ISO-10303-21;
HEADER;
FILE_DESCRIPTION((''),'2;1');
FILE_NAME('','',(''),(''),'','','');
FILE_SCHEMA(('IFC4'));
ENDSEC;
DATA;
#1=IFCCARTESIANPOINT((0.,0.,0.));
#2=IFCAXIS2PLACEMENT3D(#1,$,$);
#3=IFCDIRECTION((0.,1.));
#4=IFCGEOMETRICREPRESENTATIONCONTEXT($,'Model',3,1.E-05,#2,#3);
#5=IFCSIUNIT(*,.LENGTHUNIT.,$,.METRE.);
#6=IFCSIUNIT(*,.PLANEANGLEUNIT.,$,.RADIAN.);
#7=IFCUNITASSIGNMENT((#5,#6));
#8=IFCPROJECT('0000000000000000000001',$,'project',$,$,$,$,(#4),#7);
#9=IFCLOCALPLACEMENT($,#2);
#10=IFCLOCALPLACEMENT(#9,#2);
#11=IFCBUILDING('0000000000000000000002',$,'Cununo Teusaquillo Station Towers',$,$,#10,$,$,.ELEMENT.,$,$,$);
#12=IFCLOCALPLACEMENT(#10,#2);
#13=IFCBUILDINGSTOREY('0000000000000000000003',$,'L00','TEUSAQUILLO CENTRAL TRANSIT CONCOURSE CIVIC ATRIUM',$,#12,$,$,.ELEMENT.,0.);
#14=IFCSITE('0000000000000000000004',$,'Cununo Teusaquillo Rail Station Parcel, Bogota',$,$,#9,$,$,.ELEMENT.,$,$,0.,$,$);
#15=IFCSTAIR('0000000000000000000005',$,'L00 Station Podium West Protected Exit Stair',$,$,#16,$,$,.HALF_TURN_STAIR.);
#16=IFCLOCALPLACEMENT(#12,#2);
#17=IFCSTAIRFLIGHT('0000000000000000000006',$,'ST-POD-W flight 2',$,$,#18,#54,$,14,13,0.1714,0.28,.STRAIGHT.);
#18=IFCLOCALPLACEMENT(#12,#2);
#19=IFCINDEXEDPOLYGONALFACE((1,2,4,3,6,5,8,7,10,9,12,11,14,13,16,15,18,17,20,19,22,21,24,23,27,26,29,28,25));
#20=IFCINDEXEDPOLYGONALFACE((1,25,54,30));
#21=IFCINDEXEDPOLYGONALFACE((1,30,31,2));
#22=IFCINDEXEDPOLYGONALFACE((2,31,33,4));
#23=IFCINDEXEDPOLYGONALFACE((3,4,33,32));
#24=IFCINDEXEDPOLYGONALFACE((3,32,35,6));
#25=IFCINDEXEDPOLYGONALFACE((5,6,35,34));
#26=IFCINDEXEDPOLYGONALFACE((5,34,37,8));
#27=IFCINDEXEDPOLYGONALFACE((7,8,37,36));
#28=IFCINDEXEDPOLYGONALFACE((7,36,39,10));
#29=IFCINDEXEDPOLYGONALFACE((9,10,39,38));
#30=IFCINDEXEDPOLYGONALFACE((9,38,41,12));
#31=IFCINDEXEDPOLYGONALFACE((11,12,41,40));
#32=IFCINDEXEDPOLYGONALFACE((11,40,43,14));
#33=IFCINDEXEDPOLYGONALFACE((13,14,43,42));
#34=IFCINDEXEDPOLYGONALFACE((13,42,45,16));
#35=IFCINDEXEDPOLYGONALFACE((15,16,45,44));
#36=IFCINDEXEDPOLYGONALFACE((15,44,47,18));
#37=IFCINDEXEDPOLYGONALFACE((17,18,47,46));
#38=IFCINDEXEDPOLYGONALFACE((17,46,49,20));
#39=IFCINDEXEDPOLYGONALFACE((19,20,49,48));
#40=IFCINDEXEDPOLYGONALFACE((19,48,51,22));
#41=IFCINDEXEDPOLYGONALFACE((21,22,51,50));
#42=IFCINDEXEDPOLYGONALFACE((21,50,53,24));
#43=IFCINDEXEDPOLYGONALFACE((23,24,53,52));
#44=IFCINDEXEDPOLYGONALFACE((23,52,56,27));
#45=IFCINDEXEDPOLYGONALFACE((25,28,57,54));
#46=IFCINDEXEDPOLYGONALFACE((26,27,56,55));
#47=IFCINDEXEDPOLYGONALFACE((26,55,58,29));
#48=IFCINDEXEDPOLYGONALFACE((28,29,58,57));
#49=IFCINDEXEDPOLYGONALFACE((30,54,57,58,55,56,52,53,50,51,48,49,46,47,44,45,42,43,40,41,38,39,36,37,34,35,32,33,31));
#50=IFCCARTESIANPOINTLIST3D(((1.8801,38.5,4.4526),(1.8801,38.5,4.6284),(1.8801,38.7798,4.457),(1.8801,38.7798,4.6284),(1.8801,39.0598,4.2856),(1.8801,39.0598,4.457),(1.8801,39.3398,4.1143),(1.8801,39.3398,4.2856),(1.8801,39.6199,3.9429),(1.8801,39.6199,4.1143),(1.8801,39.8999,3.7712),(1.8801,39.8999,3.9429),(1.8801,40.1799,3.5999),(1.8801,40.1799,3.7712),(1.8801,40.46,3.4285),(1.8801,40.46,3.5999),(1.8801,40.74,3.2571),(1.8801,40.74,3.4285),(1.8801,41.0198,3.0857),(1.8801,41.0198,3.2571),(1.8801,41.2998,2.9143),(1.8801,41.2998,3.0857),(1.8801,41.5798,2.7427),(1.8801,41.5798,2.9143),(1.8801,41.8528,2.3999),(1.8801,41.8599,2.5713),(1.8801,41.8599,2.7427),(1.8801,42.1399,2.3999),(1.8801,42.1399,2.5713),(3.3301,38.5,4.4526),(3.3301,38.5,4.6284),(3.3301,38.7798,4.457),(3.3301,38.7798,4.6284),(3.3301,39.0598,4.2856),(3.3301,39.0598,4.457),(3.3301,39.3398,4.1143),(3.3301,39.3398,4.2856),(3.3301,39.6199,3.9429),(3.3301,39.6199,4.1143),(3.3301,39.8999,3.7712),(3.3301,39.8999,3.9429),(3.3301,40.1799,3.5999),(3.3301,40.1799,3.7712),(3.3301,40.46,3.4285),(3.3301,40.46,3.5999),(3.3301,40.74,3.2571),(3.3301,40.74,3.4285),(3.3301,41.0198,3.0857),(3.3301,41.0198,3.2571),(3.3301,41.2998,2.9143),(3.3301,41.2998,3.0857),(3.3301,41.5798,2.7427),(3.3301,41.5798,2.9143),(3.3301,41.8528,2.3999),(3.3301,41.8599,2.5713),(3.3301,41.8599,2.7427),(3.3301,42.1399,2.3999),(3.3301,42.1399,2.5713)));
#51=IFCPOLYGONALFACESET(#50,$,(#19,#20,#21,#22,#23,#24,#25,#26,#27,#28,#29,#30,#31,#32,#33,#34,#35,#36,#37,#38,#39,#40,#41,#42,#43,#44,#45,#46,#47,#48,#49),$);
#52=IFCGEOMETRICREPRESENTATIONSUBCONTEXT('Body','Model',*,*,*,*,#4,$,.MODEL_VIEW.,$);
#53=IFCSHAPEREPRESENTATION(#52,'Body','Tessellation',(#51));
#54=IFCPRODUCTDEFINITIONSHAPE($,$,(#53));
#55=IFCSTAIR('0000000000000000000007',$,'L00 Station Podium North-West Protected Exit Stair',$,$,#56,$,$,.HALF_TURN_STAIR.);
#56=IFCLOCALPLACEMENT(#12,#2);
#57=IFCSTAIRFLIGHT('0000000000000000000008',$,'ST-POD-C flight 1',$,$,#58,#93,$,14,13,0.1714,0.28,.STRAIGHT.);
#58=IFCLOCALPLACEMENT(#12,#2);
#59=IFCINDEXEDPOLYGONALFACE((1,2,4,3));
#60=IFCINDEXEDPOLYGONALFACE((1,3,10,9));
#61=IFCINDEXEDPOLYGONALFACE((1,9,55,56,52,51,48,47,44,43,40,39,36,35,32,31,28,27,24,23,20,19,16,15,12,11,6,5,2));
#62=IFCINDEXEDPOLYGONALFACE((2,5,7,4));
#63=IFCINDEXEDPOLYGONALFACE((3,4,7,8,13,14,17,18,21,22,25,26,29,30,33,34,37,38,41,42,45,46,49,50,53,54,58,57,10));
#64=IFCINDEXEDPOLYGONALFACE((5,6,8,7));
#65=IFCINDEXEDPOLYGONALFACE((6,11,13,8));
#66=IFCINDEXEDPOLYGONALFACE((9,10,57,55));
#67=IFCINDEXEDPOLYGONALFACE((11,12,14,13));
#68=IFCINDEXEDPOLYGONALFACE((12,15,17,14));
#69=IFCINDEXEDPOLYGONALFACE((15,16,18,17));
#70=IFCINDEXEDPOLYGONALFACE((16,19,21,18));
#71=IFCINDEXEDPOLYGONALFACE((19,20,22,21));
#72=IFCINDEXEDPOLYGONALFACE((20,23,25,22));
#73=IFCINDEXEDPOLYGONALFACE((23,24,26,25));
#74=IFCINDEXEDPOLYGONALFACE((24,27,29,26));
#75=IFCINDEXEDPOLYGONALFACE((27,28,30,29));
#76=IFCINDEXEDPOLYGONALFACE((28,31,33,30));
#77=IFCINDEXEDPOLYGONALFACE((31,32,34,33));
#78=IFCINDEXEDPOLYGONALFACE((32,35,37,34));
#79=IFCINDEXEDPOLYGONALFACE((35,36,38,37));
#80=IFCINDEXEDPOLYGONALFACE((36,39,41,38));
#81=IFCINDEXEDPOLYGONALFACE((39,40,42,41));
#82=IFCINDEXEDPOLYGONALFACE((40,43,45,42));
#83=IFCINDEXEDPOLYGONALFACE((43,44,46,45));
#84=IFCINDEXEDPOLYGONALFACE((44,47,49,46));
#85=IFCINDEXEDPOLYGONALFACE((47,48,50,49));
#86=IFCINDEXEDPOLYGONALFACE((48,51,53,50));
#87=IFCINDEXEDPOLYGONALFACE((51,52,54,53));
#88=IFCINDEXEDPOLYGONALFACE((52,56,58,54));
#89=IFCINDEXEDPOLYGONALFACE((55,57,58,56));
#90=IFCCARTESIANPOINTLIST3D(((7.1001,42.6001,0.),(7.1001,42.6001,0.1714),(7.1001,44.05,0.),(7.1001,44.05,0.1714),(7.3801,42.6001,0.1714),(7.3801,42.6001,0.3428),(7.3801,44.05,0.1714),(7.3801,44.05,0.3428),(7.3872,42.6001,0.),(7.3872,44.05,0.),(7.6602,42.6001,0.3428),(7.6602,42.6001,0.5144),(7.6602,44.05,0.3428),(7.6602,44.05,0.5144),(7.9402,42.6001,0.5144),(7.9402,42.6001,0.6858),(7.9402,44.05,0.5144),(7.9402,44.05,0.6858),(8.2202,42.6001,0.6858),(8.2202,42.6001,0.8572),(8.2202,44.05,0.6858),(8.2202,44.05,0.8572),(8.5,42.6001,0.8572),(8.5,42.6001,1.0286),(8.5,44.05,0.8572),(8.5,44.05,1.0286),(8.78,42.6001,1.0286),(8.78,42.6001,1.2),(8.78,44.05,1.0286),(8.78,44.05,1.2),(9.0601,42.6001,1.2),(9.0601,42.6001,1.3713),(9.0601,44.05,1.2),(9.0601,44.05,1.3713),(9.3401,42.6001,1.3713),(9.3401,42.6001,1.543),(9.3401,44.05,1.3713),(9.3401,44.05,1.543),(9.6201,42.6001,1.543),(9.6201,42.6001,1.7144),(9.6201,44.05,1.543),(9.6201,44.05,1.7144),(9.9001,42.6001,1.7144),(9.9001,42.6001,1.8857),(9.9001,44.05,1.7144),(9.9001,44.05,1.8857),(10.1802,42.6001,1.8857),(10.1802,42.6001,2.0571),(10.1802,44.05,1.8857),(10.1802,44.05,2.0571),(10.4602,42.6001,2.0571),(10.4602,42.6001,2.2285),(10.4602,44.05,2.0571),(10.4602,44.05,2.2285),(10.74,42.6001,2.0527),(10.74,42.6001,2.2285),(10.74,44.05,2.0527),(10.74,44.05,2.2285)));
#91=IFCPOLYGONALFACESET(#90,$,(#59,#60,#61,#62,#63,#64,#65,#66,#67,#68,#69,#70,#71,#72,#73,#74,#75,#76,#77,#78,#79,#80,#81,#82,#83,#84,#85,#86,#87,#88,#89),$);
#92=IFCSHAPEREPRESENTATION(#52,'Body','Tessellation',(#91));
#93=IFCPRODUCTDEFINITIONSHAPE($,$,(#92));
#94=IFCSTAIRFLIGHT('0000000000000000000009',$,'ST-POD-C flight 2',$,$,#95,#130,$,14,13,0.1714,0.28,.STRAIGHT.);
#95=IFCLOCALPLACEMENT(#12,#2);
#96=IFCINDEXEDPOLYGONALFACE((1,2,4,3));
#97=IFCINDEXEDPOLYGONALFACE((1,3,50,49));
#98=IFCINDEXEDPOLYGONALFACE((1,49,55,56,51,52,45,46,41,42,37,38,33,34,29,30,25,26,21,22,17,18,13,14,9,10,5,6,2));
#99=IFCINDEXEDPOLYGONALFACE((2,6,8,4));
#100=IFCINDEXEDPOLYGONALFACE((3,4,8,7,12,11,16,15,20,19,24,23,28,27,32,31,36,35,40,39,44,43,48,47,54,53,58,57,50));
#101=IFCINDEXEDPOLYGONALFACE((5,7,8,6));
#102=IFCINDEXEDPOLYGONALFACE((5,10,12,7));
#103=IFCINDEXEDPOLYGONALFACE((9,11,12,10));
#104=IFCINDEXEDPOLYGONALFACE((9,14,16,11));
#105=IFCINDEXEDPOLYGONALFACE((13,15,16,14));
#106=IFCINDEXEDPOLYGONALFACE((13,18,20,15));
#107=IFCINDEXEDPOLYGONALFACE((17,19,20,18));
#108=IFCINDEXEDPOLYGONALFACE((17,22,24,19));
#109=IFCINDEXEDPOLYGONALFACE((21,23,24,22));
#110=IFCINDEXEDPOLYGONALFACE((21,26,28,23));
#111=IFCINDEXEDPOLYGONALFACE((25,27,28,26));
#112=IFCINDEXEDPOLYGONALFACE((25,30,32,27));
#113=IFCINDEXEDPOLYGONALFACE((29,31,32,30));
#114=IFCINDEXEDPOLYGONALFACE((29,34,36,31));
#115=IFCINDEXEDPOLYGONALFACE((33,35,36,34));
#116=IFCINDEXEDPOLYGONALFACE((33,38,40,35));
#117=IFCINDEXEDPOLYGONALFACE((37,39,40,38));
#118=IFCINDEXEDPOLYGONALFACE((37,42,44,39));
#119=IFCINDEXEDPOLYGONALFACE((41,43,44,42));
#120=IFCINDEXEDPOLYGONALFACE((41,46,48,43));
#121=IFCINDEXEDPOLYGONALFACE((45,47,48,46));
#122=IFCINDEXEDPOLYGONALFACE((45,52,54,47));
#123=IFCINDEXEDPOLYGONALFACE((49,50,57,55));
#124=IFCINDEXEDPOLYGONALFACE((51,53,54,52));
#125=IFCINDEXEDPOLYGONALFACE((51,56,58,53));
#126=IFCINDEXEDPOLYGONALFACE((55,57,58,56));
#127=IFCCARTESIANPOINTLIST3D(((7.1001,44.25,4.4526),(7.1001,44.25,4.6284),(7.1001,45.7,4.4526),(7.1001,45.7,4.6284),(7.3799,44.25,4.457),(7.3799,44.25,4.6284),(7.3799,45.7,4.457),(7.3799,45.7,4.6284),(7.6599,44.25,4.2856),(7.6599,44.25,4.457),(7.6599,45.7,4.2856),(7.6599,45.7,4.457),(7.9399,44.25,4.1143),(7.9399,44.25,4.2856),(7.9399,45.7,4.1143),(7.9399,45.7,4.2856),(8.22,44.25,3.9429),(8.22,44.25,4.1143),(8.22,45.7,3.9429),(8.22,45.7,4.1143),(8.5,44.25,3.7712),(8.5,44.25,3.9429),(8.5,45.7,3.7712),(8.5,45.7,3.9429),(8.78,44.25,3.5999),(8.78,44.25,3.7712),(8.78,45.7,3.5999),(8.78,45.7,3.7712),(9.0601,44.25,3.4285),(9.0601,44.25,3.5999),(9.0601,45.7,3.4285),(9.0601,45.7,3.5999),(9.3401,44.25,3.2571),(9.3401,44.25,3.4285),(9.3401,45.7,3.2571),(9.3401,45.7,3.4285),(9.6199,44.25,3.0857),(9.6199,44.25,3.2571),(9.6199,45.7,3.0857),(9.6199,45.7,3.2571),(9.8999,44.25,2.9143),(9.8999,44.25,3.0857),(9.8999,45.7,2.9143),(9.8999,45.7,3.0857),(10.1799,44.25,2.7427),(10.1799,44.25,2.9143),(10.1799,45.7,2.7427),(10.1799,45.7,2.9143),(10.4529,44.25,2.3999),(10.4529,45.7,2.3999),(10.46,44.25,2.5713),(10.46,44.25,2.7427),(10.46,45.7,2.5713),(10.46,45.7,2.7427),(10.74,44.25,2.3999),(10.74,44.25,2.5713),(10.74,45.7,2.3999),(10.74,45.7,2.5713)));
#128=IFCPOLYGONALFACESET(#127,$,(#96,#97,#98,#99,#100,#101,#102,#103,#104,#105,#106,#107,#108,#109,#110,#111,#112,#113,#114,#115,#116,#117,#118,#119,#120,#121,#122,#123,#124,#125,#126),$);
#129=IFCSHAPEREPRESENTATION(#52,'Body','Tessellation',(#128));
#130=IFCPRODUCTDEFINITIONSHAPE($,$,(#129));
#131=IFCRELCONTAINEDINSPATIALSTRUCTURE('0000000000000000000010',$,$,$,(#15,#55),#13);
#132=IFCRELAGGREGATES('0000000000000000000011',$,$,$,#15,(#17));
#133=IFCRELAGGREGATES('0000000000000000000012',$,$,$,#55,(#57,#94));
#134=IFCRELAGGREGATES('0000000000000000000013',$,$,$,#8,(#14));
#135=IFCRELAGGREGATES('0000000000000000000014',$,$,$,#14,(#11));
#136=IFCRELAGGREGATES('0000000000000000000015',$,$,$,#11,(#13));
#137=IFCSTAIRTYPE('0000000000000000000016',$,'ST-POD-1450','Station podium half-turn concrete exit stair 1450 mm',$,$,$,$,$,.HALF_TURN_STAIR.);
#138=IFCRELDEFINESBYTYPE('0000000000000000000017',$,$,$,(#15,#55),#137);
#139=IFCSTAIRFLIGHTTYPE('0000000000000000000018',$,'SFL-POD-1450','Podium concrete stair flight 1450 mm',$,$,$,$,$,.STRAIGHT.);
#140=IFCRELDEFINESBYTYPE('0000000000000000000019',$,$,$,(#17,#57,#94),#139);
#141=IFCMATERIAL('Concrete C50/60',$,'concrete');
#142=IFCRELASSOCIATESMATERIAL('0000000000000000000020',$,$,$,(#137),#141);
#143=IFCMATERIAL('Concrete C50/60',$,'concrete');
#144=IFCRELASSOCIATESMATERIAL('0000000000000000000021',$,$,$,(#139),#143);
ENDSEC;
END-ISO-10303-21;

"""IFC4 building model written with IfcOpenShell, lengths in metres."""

from ifc_helpers import new_model, si_unit, direction, frame, origin, place, context, subcontext, project, spatial, polyline, outline, extrude, material, type_object, element, aggregate, save


model = new_model("IFC4")

# Units and contexts
model_context = context("Model", 3, precision=1e-05, world=origin(), true_north=direction((0.0, 1.0)))
body_context = subcontext(model_context, "Body", "Model", "MODEL_VIEW")
ifc_project = project(units=[si_unit("LENGTHUNIT", "METRE"), si_unit("PLANEANGLEUNIT", "RADIAN")], contexts=[model_context])

# Site, building, storey
site_placement = place(None, origin())
site = spatial("IfcSite", under=ifc_project, at=site_placement, Name="Cununo Teusaquillo Rail Station Parcel, Bogota", CompositionType="ELEMENT", RefElevation=0.0)
building_placement = place(site_placement, origin())
building = spatial("IfcBuilding", under=site, at=building_placement, Name="Cununo Teusaquillo Station Towers", CompositionType="ELEMENT")
storey_placement = place(building_placement, origin())
storey = spatial("IfcBuildingStorey", under=building, at=storey_placement, Name="L00", Description="TEUSAQUILLO CENTRAL TRANSIT CONCOURSE CIVIC ATRIUM", CompositionType="ELEMENT", Elevation=0.0)

# Stair, stair flight
ifc_material_1 = material(Name="Concrete C50/60", Category="concrete")
stair_type = type_object("IfcStairType", Name="ST-POD-1450", Description="Station podium half-turn concrete exit stair 1450 mm", PredefinedType="HALF_TURN_STAIR", material=ifc_material_1)
stair_1_placement = place(storey_placement, origin())
stair_1 = element("IfcStair", 1, at=stair_1_placement, inside=storey, type_object=stair_type, Name="L00 Station Podium West Protected Exit Stair", PredefinedType="HALF_TURN_STAIR")
ifc_material_2 = material(Name="Concrete C50/60", Category="concrete")
stair_flight_type = type_object("IfcStairFlightType", Name="SFL-POD-1450", Description="Podium concrete stair flight 1450 mm", PredefinedType="STRAIGHT", material=ifc_material_2)
stair_flight_1_placement = place(storey_placement, frame((2.605, 42.1399, 2.3999), z_axis=(0.0, 0.0, 1.0), x_axis=(0.0, -1.0, 0.0)))
stair_flight_1 = element("IfcStairFlight", 2, at=stair_flight_1_placement, type_object=stair_flight_type, Name="ST-POD-W flight 2", NumberOfRisers=14, NumberOfTreads=13, PredefinedType="STRAIGHT", RiserHeight=0.1714, TreadLength=0.28, context=body_context, shape_type="SweptSolid", body=[
    extrude(outline(polyline([(0.0, 0.0), (0.0, 0.1714), (0.28, 0.1714), (0.28, 0.3428), (0.5601, 0.3428), (0.5601, 0.5144), (0.8401, 0.5144), (0.8401, 0.6858), (1.1201, 0.6858), (1.1201, 0.8572), (1.3999, 0.8572), (1.3999, 1.0286), (1.6799, 1.0286), (1.6799, 1.2), (1.96, 1.2), (1.96, 1.3713), (2.24, 1.3713), (2.24, 1.543), (2.52, 1.543), (2.52, 1.7144), (2.8, 1.7144), (2.8, 1.8857), (3.0801, 1.8857), (3.0801, 2.0571), (3.3601, 2.0571), (3.3601, 2.2285), (3.6399, 2.2285), (3.6399, 2.3999), (3.6399, 2.0527), (0.2871, 0.0), (0.0, 0.0)])), frame((0.0, 0.7251, 0.0), z_axis=(0.0, -1.0, 0.0), x_axis=(1.0, 0.0, 0.0)), (0.0, 0.0, 1.0), 1.45),
])
aggregate(stair_1, [stair_flight_1])

# Stair, stair flights
stair_2_placement = place(storey_placement, origin())
stair_2 = element("IfcStair", 3, at=stair_2_placement, inside=storey, type_object=stair_type, Name="L00 Station Podium North-West Protected Exit Stair", PredefinedType="HALF_TURN_STAIR")
stair_flight_2_placement = place(storey_placement, frame((7.1001, 43.325, 0.0), z_axis=(0.0, 0.0, 1.0), x_axis=(1.0, 0.0, 0.0)))
stair_flight_2 = element("IfcStairFlight", 4, at=stair_flight_2_placement, type_object=stair_flight_type, Name="ST-POD-C flight 1", NumberOfRisers=14, NumberOfTreads=13, PredefinedType="STRAIGHT", RiserHeight=0.1714, TreadLength=0.28, context=body_context, shape_type="SweptSolid", body=[
    extrude(outline(polyline([(0.0, 0.0), (0.0, 0.1714), (0.28, 0.1714), (0.28, 0.3428), (0.5601, 0.3428), (0.5601, 0.5144), (0.8401, 0.5144), (0.8401, 0.6858), (1.1201, 0.6858), (1.1201, 0.8572), (1.3999, 0.8572), (1.3999, 1.0286), (1.6799, 1.0286), (1.6799, 1.2), (1.96, 1.2), (1.96, 1.3713), (2.24, 1.3713), (2.24, 1.543), (2.52, 1.543), (2.52, 1.7144), (2.8, 1.7144), (2.8, 1.8857), (3.0801, 1.8857), (3.0801, 2.0571), (3.3601, 2.0571), (3.3601, 2.2285), (3.6399, 2.2285), (3.6399, 2.3999), (3.6399, 2.0527), (0.2871, 0.0), (0.0, 0.0)])), frame((0.0, 0.7251, 0.0), z_axis=(0.0, -1.0, 0.0), x_axis=(1.0, 0.0, 0.0)), (0.0, 0.0, 1.0), 1.45),
])
stair_flight_3_placement = place(storey_placement, frame((10.74, 44.9751, 2.3999), z_axis=(0.0, 0.0, 1.0), x_axis=(-1.0, 0.0, 0.0)))
stair_flight_3 = element("IfcStairFlight", 5, at=stair_flight_3_placement, type_object=stair_flight_type, Name="ST-POD-C flight 2", NumberOfRisers=14, NumberOfTreads=13, PredefinedType="STRAIGHT", RiserHeight=0.1714, TreadLength=0.28, context=body_context, shape_type="SweptSolid", body=[
    extrude(outline(polyline([(0.0, 0.0), (0.0, 0.1714), (0.28, 0.1714), (0.28, 0.3428), (0.5601, 0.3428), (0.5601, 0.5144), (0.8401, 0.5144), (0.8401, 0.6858), (1.1201, 0.6858), (1.1201, 0.8572), (1.3999, 0.8572), (1.3999, 1.0286), (1.6799, 1.0286), (1.6799, 1.2), (1.96, 1.2), (1.96, 1.3713), (2.24, 1.3713), (2.24, 1.543), (2.52, 1.543), (2.52, 1.7144), (2.8, 1.7144), (2.8, 1.8857), (3.0801, 1.8857), (3.0801, 2.0571), (3.3601, 2.0571), (3.3601, 2.2285), (3.6399, 2.2285), (3.6399, 2.3999), (3.6399, 2.0527), (0.2871, 0.0), (0.0, 0.0)])), frame((0.0, 0.7251, 0.0), z_axis=(0.0, -1.0, 0.0), x_axis=(1.0, 0.0, 0.0)), (0.0, 0.0, 1.0), 1.45),
])
aggregate(stair_2, [stair_flight_2, stair_flight_3])

save(model, "model.ifc")
